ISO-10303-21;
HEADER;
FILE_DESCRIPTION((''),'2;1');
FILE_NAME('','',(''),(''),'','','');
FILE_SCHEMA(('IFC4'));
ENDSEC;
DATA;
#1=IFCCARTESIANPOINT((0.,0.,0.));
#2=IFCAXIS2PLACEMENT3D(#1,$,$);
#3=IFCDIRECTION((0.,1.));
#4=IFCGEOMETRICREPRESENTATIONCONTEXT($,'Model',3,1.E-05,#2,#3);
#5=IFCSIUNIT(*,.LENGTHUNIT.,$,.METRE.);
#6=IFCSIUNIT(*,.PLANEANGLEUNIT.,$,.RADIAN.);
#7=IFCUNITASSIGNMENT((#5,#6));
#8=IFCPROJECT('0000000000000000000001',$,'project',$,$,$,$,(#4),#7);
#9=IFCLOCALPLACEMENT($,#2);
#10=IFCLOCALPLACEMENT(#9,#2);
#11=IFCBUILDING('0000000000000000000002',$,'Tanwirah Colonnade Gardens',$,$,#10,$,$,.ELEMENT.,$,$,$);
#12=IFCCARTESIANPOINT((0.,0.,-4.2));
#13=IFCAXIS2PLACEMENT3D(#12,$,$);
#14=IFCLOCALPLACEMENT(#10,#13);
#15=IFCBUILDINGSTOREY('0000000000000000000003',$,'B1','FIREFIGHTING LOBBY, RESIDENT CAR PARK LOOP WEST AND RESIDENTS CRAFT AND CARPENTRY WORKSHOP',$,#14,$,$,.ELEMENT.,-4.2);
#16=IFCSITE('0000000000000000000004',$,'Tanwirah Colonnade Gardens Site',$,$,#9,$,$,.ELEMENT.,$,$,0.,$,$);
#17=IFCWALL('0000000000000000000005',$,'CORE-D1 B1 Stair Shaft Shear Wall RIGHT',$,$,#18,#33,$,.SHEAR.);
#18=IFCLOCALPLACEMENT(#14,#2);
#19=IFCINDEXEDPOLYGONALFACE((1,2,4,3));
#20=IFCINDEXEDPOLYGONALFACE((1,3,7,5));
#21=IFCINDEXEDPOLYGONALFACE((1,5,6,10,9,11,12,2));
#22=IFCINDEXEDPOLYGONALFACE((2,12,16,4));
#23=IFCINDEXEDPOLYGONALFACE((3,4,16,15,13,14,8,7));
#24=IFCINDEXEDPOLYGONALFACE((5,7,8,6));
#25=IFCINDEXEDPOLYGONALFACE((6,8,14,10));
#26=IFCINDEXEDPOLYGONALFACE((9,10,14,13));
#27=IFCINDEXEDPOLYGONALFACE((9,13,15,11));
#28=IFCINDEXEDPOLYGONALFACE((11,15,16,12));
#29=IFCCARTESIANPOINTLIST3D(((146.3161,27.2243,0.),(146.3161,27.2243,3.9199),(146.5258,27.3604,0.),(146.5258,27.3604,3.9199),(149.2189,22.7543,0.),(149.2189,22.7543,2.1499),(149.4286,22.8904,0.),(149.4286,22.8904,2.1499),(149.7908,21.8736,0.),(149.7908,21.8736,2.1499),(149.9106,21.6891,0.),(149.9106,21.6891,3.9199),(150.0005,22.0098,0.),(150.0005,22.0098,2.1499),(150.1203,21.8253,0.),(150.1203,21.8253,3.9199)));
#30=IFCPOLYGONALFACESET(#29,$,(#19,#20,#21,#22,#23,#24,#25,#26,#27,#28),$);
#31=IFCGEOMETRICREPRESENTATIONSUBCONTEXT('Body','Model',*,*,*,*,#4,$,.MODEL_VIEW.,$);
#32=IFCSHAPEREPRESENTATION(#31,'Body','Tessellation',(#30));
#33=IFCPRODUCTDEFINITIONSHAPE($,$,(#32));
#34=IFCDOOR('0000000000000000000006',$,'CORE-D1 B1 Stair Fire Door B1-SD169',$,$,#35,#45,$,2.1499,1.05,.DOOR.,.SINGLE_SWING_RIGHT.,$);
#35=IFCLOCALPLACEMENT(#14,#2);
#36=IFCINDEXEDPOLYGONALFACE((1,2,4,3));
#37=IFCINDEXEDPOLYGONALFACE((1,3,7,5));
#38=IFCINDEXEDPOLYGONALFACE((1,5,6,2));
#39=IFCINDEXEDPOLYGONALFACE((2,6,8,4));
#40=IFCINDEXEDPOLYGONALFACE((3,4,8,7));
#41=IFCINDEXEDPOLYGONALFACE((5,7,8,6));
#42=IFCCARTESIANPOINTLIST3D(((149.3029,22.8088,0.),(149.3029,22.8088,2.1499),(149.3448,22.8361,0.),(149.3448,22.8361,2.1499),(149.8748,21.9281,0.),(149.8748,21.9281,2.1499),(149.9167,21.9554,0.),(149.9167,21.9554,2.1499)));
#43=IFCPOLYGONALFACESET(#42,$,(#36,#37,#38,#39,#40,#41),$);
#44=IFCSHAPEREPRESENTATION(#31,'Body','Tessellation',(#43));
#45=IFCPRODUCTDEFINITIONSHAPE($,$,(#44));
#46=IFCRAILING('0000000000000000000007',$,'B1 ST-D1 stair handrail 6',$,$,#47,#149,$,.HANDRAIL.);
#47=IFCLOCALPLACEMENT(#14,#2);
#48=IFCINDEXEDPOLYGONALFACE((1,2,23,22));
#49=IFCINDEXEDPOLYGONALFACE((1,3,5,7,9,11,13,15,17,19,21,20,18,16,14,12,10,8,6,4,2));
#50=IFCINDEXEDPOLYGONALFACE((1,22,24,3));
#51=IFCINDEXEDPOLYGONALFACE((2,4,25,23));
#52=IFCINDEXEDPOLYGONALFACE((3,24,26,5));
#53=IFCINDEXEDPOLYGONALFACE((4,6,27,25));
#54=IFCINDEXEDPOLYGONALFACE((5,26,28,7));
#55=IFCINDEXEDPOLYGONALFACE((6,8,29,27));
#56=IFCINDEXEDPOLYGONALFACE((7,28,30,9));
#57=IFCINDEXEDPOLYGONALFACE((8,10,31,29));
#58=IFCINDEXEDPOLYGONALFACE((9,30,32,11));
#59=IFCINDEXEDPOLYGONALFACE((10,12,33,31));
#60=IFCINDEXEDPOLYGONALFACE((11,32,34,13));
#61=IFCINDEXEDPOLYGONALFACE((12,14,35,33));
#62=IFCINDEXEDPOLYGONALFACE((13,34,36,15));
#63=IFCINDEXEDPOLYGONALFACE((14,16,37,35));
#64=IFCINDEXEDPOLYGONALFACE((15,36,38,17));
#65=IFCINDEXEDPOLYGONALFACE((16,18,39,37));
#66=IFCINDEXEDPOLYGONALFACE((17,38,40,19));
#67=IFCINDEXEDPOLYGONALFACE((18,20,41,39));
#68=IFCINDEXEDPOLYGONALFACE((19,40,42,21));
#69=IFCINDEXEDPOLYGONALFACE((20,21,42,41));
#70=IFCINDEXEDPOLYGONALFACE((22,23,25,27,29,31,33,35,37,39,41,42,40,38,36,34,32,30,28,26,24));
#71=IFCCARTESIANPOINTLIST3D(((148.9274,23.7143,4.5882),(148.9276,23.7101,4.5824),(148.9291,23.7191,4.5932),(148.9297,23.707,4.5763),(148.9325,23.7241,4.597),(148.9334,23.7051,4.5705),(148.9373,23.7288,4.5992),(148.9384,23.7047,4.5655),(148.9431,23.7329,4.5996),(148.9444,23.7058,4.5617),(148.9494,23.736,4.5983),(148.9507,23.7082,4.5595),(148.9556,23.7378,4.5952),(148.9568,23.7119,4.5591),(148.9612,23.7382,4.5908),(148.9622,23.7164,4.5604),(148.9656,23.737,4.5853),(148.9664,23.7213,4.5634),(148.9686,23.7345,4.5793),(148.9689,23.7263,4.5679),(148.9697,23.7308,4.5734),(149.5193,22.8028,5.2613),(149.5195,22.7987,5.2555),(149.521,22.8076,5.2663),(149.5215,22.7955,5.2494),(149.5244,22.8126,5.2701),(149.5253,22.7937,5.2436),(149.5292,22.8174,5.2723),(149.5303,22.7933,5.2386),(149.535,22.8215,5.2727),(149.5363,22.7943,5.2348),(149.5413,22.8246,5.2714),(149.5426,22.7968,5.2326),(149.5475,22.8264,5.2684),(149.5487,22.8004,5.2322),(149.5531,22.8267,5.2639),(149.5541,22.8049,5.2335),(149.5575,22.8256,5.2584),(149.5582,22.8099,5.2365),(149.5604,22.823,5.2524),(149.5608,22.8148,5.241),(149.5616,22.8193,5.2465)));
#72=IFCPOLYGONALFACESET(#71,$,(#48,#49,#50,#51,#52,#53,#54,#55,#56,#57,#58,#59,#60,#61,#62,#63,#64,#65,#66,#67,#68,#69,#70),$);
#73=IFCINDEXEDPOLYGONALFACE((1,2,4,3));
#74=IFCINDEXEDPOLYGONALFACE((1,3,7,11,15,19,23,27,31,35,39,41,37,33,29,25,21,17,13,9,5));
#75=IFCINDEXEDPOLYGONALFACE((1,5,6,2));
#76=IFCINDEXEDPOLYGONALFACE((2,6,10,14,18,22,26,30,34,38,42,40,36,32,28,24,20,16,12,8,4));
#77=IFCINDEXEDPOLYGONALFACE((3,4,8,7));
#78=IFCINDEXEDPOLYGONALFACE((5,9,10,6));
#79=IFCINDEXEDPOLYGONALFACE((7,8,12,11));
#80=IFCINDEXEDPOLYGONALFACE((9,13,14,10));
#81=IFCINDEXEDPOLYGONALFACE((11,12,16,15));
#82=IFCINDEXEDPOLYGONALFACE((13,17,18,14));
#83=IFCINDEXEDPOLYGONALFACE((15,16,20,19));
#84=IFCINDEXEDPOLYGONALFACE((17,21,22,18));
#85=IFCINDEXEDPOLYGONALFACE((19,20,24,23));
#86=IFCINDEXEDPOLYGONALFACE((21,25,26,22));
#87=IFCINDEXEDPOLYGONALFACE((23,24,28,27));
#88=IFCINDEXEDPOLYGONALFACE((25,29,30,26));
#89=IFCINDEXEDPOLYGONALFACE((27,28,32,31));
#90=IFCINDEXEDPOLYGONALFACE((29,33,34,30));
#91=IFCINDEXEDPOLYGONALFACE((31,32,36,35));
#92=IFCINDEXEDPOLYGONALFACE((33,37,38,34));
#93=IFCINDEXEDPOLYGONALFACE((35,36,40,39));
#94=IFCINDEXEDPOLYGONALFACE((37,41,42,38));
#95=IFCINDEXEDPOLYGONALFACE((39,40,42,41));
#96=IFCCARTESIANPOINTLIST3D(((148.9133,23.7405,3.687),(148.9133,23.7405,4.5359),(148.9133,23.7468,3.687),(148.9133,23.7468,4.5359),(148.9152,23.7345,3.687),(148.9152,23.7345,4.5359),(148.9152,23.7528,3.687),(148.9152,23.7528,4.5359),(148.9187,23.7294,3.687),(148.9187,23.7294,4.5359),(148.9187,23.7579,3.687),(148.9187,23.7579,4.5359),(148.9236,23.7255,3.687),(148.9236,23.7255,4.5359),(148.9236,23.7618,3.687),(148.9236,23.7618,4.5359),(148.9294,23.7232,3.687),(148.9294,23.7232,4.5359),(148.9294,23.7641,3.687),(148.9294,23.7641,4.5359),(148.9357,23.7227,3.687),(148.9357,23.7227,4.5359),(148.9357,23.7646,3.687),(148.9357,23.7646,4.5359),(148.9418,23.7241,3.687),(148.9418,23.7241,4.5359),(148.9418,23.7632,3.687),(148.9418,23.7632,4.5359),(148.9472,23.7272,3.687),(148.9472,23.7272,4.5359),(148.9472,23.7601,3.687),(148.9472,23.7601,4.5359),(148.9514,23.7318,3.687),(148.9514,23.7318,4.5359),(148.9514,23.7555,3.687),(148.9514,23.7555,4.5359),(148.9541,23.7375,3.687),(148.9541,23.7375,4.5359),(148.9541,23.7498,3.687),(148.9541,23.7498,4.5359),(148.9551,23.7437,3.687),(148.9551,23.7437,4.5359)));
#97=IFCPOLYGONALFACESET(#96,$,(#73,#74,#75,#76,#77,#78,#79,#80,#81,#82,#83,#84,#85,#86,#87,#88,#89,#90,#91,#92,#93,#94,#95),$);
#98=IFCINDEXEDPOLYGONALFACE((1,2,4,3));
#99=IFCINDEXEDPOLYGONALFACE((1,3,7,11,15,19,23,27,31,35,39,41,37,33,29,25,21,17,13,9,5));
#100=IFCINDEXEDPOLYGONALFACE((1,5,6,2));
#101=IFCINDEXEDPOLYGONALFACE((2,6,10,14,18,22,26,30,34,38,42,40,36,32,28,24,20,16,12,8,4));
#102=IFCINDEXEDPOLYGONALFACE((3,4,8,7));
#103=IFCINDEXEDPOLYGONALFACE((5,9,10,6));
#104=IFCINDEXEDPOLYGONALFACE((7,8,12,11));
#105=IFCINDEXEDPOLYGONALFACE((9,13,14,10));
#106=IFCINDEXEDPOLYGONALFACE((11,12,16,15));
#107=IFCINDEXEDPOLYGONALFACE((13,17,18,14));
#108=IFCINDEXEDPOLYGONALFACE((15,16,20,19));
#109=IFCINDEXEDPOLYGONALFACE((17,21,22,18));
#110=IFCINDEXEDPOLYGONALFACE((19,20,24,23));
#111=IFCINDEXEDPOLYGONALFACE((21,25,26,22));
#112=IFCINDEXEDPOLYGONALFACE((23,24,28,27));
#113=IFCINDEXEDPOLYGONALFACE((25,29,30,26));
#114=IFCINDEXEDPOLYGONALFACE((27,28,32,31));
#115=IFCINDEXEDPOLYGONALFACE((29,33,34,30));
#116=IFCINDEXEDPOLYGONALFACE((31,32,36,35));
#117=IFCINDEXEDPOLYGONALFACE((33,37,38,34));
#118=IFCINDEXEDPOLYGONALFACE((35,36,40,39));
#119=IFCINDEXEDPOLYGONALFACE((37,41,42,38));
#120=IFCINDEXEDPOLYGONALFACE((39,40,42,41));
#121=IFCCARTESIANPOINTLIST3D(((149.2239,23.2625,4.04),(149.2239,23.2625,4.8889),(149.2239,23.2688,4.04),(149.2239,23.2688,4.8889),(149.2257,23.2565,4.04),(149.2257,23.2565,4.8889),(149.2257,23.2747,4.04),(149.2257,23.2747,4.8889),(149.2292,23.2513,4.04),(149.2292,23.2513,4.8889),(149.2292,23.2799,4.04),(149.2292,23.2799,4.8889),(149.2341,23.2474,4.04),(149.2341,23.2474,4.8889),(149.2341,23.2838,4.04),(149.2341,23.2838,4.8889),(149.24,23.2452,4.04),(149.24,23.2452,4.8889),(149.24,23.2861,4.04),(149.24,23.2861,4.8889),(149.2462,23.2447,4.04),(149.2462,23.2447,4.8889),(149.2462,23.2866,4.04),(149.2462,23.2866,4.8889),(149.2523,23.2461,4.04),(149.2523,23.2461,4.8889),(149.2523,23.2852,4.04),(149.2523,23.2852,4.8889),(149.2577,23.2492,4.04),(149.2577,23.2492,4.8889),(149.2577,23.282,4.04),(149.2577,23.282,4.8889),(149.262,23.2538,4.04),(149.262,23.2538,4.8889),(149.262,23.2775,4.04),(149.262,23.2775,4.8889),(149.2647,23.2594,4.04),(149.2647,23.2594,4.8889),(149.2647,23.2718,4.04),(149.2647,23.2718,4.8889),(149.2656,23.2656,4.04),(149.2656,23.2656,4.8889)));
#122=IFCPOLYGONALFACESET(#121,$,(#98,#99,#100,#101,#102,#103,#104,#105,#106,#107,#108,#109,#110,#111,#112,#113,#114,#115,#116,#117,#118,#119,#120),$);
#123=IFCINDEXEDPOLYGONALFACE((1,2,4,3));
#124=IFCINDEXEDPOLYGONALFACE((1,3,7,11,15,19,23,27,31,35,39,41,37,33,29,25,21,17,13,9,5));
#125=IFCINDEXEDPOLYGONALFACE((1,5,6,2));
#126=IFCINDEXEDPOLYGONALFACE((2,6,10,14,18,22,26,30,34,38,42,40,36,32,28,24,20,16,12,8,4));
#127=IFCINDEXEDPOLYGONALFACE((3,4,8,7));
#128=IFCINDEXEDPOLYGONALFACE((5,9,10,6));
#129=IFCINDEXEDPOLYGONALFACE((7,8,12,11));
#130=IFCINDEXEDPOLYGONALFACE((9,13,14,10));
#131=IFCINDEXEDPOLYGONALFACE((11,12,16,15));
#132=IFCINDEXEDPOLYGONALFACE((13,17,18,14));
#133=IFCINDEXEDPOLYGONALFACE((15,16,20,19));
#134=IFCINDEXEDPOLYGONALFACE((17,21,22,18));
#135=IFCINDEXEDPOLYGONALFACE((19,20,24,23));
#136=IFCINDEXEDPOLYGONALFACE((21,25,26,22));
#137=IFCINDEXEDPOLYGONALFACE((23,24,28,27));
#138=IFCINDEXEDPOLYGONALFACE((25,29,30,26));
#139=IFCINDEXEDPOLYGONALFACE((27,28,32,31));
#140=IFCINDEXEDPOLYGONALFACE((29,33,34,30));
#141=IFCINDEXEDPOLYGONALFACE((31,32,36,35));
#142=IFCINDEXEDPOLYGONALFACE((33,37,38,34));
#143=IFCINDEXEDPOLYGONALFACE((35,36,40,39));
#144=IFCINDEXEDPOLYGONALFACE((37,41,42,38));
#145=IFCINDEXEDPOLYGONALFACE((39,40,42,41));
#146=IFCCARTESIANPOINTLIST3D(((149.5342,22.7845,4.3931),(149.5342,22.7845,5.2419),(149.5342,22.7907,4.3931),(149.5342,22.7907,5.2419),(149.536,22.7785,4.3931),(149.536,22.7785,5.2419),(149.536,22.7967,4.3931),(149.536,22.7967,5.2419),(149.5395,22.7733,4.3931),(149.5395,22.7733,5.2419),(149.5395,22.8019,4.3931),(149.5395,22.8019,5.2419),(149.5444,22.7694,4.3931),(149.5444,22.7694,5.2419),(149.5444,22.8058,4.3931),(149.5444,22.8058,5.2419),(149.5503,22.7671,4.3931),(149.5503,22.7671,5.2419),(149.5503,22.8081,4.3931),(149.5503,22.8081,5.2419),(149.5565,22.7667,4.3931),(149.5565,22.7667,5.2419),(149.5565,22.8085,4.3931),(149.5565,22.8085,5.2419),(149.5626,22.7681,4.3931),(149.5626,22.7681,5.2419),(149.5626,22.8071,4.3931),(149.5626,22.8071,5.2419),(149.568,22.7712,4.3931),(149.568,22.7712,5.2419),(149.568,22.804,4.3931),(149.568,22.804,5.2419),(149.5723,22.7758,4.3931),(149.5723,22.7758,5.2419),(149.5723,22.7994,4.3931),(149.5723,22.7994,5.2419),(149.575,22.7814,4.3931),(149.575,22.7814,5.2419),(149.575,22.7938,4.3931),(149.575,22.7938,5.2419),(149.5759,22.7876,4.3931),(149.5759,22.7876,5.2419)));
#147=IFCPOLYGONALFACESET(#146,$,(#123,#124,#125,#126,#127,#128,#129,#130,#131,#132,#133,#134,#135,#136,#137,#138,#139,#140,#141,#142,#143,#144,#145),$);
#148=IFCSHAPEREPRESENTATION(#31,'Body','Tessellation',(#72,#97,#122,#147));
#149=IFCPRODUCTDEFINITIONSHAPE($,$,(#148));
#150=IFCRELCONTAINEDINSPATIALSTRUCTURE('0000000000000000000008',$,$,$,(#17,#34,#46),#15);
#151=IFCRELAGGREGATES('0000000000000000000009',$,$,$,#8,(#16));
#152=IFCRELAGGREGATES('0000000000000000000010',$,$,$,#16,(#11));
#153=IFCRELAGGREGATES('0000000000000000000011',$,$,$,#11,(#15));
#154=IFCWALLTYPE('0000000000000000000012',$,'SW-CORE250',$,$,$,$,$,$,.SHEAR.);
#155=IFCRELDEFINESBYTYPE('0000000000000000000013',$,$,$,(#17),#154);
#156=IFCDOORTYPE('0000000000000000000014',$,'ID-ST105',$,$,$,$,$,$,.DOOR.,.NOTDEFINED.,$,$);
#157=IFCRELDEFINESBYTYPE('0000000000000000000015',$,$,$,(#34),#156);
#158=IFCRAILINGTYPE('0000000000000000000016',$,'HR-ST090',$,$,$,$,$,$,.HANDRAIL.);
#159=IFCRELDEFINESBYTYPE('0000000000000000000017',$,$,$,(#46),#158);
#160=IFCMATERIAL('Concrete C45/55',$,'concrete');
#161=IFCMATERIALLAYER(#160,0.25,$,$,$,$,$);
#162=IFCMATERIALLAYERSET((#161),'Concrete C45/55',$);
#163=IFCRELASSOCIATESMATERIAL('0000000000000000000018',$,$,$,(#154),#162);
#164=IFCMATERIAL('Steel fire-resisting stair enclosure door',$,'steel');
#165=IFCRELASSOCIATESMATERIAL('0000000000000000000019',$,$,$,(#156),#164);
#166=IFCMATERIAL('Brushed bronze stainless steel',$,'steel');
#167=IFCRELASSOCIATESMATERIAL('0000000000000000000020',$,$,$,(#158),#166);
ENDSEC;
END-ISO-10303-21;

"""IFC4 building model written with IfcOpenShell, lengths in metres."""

from ifc_helpers import new_model, si_unit, direction, frame, frame_2d, origin, origin_2d, place, context, subcontext, project, spatial, rectangle, circle, extrude, material, layer, layer_set, type_object, element, fill, save


model = new_model("IFC4")

# Units and contexts
model_context = context("Model", 3, precision=1e-05, world=origin(), true_north=direction((0.0, 1.0)))
body_context = subcontext(model_context, "Body", "Model", "MODEL_VIEW")
ifc_project = project(units=[si_unit("LENGTHUNIT", "METRE"), si_unit("PLANEANGLEUNIT", "RADIAN")], contexts=[model_context])

# Site, building, storey
site_placement = place(None, origin())
site = spatial("IfcSite", under=ifc_project, at=site_placement, Name="Tanwirah Colonnade Gardens Site", CompositionType="ELEMENT", RefElevation=0.0)
building_placement = place(site_placement, origin())
building = spatial("IfcBuilding", under=site, at=building_placement, Name="Tanwirah Colonnade Gardens", CompositionType="ELEMENT")
storey_placement = place(building_placement, frame((0.0, 0.0, -4.2)))
storey = spatial("IfcBuildingStorey", under=building, at=storey_placement, Name="B1", Description="FIREFIGHTING LOBBY, RESIDENT CAR PARK LOOP WEST AND RESIDENTS CRAFT AND CARPENTRY WORKSHOP", CompositionType="ELEMENT", Elevation=-4.2)

# Shared definitions
ifc_material_1 = material(Name="Concrete C45/55", Category="concrete")

# Shared definitions
ifc_layer_1 = layer(ifc_material_1, 0.25)
ifc_layer_set_1 = layer_set([ifc_layer_1], Name="Concrete C45/55")
wall_type_1 = type_object("IfcWallType", Name="SW-CORE250", PredefinedType="SHEAR", material=ifc_layer_set_1)

# Wall, opening, door
wall_1_placement = place(storey_placement, frame((150.0154, 21.7573, 0.0), z_axis=(0.0, 0.0, 1.0), x_axis=(-0.544629, 0.838677, 0.0)))
wall_1 = element("IfcWall", 1, at=wall_1_placement, inside=storey, type_object=wall_type_1, Name="CORE-D1 B1 Stair Shaft Shear Wall RIGHT", PredefinedType="SHEAR", context=body_context, shape_type="SweptSolid", body=[
    extrude(rectangle(XDim=6.5999, YDim=0.25, at=frame_2d((3.2998, 0.0))), origin(), (0.0, 0.0, 1.0), 3.9199),
])
opening_1_placement = place(wall_1_placement, frame((0.22, 0.0, 0.0)))
opening_1 = element("IfcOpeningElement", 2, at=opening_1_placement, cuts=wall_1, PredefinedType="OPENING", context=body_context, shape_type="SweptSolid", body=[
    extrude(rectangle(XDim=1.05, YDim=2.1499, at=frame_2d((0.5249, 1.075))), frame((0.0, 0.135, 0.0), z_axis=(0.0, -1.0, 0.0), x_axis=(1.0, 0.0, 0.0)), (0.0, 0.0, 1.0), 0.27),
])
ifc_material_2 = material(Name="Steel fire-resisting stair enclosure door", Category="steel")
door_type_1 = type_object("IfcDoorType", Name="ID-ST105", OperationType="NOTDEFINED", PredefinedType="DOOR", material=ifc_material_2)
door_1_placement = place(opening_1_placement, origin())
door_1 = element("IfcDoor", 3, at=door_1_placement, inside=storey, type_object=door_type_1, Name="CORE-D1 B1 Stair Fire Door B1-SD169", OperationType="SINGLE_SWING_RIGHT", OverallHeight=2.1499, OverallWidth=1.05, PredefinedType="DOOR", context=body_context, shape_type="SweptSolid", body=[
    extrude(rectangle(XDim=1.05, YDim=2.1499, at=frame_2d((0.5249, 1.075))), frame((0.0, 0.0249, 0.0), z_axis=(0.0, -1.0, 0.0), x_axis=(1.0, 0.0, 0.0)), (0.0, 0.0, 1.0), 0.05),
])
fill(opening_1, door_1)

# Railing
ifc_material_3 = material(Name="Brushed bronze stainless steel", Category="steel")
railing_type = type_object("IfcRailingType", Name="HR-ST090", PredefinedType="HANDRAIL", material=ifc_material_3)
railing_placement = place(storey_placement, frame((148.9341, 23.7437, 3.687)))
element("IfcRailing", 4, at=railing_placement, inside=storey, type_object=railing_type, Name="B1 ST-D1 stair handrail 6", PredefinedType="HANDRAIL", context=body_context, shape_type="SweptSolid", body=[
    extrude(circle(Radius=0.0239, at=origin_2d()), frame((0.0144, -0.0222, 0.8923), z_axis=(0.46301, -0.712996, 0.526554), x_axis=(0.838678, 0.544627, 0.0)), (0.0, 0.0, 1.0), 1.2783),
    extrude(circle(Radius=0.021, at=origin_2d()), origin(), (0.0, 0.0, 1.0), 0.8489),
    extrude(circle(Radius=0.021, at=origin_2d()), frame((0.3105, -0.478, 0.353)), (0.0, 0.0, 1.0), 0.8489),
    extrude(circle(Radius=0.021, at=origin_2d()), frame((0.6208, -0.9561, 0.7061)), (0.0, 0.0, 1.0), 0.8489),
])

save(model, "model.ifc")
